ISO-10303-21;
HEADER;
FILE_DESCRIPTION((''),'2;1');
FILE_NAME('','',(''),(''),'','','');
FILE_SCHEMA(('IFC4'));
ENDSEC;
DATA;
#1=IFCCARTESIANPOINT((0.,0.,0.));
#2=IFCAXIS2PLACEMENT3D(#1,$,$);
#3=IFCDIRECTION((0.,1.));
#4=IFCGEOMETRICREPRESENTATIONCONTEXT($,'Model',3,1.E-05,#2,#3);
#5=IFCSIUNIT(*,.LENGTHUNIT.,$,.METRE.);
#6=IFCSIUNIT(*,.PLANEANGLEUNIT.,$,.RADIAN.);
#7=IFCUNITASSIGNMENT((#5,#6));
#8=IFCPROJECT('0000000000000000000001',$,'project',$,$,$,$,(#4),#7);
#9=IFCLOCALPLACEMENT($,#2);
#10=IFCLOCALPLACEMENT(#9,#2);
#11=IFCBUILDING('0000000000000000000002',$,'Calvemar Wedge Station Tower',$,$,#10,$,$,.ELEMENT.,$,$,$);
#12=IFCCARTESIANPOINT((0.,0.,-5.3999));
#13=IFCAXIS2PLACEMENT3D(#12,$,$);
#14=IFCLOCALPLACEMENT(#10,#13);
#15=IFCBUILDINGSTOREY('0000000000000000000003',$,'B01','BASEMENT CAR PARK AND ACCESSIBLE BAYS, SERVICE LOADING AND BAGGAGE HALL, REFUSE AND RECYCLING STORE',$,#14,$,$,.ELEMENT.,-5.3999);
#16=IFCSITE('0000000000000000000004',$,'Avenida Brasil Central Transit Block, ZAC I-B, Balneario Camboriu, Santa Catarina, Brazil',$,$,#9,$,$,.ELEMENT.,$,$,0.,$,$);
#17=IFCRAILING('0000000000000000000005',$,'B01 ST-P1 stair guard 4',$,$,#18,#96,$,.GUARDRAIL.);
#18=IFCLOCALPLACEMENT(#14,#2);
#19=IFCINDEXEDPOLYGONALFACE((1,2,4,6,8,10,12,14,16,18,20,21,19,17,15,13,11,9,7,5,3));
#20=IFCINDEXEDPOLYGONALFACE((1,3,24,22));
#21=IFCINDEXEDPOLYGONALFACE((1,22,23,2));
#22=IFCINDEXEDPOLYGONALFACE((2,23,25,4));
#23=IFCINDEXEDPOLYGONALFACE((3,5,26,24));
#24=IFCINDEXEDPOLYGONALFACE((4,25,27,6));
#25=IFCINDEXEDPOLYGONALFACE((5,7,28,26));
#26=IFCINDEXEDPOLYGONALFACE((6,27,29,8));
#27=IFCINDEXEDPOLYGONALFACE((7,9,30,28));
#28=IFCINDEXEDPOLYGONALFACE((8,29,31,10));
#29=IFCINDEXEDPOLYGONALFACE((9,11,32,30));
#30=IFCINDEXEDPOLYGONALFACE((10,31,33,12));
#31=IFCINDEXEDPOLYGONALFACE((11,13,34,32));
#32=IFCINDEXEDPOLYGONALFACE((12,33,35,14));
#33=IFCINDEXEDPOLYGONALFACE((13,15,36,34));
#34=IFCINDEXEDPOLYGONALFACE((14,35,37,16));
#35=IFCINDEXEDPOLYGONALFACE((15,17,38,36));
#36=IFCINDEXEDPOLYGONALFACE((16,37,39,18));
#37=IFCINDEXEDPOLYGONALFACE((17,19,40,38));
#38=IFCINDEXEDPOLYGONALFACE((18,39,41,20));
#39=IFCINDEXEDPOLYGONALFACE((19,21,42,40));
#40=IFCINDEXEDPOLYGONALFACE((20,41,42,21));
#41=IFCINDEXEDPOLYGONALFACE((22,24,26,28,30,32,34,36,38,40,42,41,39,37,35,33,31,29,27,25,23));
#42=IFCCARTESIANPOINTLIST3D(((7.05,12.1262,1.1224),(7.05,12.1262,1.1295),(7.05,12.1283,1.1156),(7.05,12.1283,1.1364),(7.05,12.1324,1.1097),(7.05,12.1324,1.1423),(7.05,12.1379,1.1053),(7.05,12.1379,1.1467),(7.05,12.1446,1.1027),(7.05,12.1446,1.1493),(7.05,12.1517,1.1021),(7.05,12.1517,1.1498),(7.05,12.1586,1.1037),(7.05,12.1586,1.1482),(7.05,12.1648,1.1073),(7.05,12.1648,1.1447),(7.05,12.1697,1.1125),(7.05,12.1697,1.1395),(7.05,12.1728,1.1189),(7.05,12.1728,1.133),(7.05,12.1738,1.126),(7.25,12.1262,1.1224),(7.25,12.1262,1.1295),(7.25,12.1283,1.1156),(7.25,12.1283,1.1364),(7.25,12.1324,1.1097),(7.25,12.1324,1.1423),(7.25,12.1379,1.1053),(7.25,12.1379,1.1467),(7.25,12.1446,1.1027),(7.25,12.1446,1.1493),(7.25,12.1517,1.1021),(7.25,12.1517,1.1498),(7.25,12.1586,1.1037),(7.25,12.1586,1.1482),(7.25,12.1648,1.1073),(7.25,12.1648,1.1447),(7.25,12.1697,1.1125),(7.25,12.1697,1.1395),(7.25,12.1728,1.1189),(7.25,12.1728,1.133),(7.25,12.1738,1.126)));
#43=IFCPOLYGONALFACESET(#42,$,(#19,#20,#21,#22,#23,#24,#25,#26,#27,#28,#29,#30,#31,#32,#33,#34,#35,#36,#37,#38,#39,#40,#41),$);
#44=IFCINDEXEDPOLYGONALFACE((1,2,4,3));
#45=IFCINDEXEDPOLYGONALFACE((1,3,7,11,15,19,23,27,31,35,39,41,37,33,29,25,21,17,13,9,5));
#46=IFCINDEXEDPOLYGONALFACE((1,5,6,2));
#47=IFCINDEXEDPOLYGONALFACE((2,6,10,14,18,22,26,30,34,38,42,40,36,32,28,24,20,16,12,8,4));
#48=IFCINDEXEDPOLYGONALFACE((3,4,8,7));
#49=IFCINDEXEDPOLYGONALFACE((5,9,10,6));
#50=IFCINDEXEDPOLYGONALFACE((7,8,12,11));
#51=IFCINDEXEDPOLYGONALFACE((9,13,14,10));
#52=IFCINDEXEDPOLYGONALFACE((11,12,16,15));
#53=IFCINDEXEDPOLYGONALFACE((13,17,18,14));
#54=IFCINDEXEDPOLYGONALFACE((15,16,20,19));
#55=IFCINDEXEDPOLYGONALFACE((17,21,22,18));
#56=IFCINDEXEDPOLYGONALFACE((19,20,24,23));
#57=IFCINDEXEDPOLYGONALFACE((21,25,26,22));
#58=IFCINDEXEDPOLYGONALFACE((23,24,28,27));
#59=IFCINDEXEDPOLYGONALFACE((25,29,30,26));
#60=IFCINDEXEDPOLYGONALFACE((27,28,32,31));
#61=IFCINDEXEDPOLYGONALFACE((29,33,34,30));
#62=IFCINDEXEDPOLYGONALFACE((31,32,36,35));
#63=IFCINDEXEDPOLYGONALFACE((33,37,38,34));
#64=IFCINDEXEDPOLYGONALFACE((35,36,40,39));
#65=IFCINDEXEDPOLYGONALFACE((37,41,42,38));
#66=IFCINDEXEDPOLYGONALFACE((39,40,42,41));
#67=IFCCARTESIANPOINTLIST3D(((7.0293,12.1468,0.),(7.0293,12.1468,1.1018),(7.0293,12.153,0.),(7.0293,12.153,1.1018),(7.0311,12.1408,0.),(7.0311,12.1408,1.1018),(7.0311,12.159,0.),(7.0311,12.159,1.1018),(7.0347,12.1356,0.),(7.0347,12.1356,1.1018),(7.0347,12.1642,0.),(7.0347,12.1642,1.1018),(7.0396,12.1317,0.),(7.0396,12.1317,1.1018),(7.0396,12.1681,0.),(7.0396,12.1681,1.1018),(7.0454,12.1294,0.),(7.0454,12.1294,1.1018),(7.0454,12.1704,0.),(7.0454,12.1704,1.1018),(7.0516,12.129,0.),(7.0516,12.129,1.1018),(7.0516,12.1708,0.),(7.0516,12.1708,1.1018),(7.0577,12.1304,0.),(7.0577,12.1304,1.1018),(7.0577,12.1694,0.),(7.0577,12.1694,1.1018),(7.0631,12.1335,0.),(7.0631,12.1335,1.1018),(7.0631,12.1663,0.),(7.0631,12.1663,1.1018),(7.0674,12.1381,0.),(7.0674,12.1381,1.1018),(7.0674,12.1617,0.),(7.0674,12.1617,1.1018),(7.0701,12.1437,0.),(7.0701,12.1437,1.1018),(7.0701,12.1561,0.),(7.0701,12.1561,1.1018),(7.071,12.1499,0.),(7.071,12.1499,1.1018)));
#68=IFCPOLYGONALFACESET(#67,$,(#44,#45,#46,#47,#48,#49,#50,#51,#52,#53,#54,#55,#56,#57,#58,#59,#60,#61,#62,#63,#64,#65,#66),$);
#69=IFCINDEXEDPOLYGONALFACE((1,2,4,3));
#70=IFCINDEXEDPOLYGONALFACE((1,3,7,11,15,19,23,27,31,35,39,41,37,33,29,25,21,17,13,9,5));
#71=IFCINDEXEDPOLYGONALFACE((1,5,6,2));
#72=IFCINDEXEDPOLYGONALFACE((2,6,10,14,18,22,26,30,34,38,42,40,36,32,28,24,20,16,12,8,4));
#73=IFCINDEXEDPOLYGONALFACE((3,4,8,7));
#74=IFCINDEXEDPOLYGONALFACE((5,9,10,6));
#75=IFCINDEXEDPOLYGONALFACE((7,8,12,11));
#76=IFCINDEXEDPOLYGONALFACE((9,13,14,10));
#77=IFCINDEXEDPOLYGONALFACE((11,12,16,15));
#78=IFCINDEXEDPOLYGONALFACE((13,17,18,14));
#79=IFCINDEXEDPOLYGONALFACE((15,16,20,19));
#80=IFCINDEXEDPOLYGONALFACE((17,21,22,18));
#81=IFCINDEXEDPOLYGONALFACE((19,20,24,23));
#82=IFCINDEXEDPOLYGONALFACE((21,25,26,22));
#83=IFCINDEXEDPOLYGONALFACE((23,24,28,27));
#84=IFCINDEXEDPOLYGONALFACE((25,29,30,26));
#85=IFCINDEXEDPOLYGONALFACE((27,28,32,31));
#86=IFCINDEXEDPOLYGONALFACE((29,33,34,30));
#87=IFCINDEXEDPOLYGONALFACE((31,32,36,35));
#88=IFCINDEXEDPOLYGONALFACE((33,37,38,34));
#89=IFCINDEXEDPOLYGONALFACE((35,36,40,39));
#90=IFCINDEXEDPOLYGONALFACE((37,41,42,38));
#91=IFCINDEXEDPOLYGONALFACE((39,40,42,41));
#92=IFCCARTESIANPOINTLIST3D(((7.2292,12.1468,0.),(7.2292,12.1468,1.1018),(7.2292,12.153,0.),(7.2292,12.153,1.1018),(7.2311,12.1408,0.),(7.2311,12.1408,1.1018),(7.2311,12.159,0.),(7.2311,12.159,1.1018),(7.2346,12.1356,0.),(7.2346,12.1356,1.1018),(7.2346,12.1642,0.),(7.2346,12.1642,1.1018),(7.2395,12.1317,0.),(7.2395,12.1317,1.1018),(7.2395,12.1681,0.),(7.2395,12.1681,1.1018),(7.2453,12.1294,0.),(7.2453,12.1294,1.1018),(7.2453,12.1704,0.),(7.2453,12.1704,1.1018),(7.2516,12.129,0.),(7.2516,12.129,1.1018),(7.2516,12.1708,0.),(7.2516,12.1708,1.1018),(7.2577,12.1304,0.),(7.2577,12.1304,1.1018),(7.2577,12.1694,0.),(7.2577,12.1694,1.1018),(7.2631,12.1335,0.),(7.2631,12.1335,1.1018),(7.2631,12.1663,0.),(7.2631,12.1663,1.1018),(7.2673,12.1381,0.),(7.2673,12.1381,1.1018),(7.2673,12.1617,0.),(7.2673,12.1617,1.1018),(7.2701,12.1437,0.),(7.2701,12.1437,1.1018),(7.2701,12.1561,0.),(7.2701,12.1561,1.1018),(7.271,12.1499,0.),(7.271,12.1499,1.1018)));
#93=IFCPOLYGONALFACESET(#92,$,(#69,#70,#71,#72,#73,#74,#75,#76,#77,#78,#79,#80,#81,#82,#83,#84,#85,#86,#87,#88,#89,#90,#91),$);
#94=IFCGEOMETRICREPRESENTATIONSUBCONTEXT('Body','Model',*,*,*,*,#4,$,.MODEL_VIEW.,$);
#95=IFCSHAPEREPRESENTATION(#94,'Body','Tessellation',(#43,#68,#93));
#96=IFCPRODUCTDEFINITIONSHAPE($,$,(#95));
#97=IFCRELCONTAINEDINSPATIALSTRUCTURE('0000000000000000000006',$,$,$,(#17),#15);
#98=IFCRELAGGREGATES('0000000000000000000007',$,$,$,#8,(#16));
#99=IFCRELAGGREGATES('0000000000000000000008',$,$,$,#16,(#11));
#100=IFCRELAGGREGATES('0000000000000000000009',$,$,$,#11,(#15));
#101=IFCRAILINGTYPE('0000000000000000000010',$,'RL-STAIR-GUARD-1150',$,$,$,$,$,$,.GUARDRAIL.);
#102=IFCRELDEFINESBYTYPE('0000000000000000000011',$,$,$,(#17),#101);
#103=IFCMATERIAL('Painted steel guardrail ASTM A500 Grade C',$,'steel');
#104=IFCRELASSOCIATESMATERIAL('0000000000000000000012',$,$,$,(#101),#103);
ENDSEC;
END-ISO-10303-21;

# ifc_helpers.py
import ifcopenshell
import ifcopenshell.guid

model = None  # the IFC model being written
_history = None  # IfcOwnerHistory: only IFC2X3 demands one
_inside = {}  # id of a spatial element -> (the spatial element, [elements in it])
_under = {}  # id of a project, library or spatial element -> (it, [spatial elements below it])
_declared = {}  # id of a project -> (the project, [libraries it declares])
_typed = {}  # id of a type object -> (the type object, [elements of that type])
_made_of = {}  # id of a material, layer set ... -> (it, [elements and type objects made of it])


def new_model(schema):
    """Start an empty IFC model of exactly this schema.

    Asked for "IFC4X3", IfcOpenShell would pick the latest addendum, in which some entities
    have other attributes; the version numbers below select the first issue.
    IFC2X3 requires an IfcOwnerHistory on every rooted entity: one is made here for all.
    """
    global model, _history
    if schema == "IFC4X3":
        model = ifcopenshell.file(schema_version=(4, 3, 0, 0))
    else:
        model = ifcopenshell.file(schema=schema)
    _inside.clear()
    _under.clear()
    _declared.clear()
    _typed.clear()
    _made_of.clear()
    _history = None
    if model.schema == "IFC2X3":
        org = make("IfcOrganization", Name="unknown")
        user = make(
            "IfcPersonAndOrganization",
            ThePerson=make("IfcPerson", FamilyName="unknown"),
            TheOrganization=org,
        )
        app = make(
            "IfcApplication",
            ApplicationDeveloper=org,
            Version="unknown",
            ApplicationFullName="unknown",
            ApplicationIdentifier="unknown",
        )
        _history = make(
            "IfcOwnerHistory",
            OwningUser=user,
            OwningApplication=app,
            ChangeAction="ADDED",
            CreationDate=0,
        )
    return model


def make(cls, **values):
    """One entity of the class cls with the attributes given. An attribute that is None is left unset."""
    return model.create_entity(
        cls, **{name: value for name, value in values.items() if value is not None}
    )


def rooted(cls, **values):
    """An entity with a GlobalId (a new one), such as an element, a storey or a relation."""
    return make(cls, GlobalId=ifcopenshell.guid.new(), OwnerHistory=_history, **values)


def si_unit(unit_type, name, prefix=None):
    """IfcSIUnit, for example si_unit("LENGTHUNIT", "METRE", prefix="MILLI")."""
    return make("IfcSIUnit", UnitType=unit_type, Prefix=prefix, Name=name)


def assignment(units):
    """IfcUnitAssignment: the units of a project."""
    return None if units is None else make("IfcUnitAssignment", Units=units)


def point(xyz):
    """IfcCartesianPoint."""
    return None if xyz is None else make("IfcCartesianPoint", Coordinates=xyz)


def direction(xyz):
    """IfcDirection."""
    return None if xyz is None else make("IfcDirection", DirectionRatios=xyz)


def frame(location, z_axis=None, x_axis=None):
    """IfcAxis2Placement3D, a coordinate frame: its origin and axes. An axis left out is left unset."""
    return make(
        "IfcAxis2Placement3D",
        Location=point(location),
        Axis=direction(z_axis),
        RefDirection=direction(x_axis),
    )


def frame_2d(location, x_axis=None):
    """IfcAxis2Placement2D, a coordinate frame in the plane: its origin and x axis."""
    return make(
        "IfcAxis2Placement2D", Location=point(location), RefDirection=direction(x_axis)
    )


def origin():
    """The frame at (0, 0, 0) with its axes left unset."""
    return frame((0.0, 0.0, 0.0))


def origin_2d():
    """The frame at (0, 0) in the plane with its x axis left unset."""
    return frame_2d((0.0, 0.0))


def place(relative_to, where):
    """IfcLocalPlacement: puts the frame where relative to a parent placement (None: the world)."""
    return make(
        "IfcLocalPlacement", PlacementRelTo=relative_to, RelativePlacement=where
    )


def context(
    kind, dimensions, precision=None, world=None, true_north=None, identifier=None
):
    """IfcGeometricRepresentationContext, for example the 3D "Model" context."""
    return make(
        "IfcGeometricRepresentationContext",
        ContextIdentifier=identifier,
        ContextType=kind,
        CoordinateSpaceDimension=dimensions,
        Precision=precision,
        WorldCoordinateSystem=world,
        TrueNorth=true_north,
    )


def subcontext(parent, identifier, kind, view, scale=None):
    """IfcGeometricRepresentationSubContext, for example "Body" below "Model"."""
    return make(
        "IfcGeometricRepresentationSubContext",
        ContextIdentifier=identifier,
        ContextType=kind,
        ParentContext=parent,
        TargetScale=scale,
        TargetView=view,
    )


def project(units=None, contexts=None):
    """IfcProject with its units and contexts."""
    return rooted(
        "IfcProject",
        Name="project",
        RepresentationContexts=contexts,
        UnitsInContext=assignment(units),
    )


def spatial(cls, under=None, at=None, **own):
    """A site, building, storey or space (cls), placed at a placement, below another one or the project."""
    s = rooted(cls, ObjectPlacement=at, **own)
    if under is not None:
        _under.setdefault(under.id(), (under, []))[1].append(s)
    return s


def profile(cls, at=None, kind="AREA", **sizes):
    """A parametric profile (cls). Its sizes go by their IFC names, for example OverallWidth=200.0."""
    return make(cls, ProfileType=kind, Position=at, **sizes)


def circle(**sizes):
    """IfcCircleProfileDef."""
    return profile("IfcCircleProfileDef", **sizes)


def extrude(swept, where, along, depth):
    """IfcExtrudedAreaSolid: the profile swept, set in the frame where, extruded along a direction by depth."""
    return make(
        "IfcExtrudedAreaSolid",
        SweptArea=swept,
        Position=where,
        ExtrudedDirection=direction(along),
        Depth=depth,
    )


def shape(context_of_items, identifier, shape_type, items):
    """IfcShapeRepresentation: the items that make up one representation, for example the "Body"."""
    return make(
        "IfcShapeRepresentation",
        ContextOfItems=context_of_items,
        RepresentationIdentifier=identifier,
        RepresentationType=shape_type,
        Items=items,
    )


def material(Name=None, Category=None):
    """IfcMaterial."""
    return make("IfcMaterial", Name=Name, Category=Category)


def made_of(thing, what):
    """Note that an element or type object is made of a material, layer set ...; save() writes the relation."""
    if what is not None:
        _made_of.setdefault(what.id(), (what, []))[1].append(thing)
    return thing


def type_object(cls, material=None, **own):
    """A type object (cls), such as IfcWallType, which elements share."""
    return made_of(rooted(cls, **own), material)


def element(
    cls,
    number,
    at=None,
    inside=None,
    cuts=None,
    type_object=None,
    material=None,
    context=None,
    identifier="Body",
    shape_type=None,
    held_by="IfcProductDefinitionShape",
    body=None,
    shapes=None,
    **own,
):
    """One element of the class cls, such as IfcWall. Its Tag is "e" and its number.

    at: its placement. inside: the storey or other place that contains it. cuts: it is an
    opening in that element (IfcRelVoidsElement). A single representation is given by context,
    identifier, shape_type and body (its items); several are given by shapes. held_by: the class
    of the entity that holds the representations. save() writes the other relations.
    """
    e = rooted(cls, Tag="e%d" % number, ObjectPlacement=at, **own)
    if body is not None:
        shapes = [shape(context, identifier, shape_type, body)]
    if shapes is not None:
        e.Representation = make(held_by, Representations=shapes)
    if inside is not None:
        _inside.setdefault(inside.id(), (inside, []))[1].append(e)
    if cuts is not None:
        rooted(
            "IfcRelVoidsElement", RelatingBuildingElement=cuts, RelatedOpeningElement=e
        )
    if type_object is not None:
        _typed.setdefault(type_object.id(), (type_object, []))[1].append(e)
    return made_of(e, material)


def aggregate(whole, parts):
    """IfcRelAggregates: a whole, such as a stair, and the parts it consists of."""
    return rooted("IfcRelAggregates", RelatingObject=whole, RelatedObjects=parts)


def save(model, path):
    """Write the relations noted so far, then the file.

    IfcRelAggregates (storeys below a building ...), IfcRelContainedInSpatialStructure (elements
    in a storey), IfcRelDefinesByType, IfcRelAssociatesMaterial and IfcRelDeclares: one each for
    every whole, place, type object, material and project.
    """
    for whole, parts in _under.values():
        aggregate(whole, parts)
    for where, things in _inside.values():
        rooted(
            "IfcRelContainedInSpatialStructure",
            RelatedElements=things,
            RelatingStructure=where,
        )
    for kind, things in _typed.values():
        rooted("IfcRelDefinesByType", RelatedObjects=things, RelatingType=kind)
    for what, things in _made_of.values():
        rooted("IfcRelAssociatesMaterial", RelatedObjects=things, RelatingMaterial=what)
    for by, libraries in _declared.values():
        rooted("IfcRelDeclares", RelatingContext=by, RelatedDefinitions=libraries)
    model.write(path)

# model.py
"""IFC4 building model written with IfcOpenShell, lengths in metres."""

from ifc_helpers import new_model, si_unit, direction, frame, origin, origin_2d, place, context, subcontext, project, spatial, circle, extrude, material, type_object, element, save


model = new_model("IFC4")

# Units and contexts
model_context = context("Model", 3, precision=1e-05, world=origin(), true_north=direction((0.0, 1.0)))
body_context = subcontext(model_context, "Body", "Model", "MODEL_VIEW")
ifc_project = project(units=[si_unit("LENGTHUNIT", "METRE"), si_unit("PLANEANGLEUNIT", "RADIAN")], contexts=[model_context])

# Site, building, storey
site_placement = place(None, origin())
site = spatial("IfcSite", under=ifc_project, at=site_placement, Name="Avenida Brasil Central Transit Block, ZAC I-B, Balneario Camboriu, Santa Catarina, Brazil", CompositionType="ELEMENT", RefElevation=0.0)
building_placement = place(site_placement, origin())
building = spatial("IfcBuilding", under=site, at=building_placement, Name="Calvemar Wedge Station Tower", CompositionType="ELEMENT")
storey_placement = place(building_placement, frame((0.0, 0.0, -5.3999)))
storey = spatial("IfcBuildingStorey", under=building, at=storey_placement, Name="B01", Description="BASEMENT CAR PARK AND ACCESSIBLE BAYS, SERVICE LOADING AND BAGGAGE HALL, REFUSE AND RECYCLING STORE", CompositionType="ELEMENT", Elevation=-5.3999)

# Railing
ifc_material_1 = material(Name="Painted steel guardrail ASTM A500 Grade C", Category="steel")
railing_type_1 = type_object("IfcRailingType", Name="RL-STAIR-GUARD-1150", PredefinedType="GUARDRAIL", material=ifc_material_1)
railing_1_placement = place(storey_placement, frame((7.05, 12.1499, 0.0)))
element("IfcRailing", 1, at=railing_1_placement, inside=storey, type_object=railing_type_1, Name="B01 ST-P1 stair guard 4", PredefinedType="GUARDRAIL", context=body_context, shape_type="SweptSolid", body=[
    extrude(circle(Radius=0.0239, at=origin_2d()), frame((0.0, 0.0, 1.126), z_axis=(1.0, 0.0, 0.0), x_axis=(0.0, 1.0, 0.0)), (0.0, 0.0, 1.0), 0.2),
    extrude(circle(Radius=0.021, at=origin_2d()), origin(), (0.0, 0.0, 1.0), 1.1018),
    extrude(circle(Radius=0.021, at=origin_2d()), frame((0.2, 0.0, 0.0)), (0.0, 0.0, 1.0), 1.1018),
])

save(model, "model.ifc")
